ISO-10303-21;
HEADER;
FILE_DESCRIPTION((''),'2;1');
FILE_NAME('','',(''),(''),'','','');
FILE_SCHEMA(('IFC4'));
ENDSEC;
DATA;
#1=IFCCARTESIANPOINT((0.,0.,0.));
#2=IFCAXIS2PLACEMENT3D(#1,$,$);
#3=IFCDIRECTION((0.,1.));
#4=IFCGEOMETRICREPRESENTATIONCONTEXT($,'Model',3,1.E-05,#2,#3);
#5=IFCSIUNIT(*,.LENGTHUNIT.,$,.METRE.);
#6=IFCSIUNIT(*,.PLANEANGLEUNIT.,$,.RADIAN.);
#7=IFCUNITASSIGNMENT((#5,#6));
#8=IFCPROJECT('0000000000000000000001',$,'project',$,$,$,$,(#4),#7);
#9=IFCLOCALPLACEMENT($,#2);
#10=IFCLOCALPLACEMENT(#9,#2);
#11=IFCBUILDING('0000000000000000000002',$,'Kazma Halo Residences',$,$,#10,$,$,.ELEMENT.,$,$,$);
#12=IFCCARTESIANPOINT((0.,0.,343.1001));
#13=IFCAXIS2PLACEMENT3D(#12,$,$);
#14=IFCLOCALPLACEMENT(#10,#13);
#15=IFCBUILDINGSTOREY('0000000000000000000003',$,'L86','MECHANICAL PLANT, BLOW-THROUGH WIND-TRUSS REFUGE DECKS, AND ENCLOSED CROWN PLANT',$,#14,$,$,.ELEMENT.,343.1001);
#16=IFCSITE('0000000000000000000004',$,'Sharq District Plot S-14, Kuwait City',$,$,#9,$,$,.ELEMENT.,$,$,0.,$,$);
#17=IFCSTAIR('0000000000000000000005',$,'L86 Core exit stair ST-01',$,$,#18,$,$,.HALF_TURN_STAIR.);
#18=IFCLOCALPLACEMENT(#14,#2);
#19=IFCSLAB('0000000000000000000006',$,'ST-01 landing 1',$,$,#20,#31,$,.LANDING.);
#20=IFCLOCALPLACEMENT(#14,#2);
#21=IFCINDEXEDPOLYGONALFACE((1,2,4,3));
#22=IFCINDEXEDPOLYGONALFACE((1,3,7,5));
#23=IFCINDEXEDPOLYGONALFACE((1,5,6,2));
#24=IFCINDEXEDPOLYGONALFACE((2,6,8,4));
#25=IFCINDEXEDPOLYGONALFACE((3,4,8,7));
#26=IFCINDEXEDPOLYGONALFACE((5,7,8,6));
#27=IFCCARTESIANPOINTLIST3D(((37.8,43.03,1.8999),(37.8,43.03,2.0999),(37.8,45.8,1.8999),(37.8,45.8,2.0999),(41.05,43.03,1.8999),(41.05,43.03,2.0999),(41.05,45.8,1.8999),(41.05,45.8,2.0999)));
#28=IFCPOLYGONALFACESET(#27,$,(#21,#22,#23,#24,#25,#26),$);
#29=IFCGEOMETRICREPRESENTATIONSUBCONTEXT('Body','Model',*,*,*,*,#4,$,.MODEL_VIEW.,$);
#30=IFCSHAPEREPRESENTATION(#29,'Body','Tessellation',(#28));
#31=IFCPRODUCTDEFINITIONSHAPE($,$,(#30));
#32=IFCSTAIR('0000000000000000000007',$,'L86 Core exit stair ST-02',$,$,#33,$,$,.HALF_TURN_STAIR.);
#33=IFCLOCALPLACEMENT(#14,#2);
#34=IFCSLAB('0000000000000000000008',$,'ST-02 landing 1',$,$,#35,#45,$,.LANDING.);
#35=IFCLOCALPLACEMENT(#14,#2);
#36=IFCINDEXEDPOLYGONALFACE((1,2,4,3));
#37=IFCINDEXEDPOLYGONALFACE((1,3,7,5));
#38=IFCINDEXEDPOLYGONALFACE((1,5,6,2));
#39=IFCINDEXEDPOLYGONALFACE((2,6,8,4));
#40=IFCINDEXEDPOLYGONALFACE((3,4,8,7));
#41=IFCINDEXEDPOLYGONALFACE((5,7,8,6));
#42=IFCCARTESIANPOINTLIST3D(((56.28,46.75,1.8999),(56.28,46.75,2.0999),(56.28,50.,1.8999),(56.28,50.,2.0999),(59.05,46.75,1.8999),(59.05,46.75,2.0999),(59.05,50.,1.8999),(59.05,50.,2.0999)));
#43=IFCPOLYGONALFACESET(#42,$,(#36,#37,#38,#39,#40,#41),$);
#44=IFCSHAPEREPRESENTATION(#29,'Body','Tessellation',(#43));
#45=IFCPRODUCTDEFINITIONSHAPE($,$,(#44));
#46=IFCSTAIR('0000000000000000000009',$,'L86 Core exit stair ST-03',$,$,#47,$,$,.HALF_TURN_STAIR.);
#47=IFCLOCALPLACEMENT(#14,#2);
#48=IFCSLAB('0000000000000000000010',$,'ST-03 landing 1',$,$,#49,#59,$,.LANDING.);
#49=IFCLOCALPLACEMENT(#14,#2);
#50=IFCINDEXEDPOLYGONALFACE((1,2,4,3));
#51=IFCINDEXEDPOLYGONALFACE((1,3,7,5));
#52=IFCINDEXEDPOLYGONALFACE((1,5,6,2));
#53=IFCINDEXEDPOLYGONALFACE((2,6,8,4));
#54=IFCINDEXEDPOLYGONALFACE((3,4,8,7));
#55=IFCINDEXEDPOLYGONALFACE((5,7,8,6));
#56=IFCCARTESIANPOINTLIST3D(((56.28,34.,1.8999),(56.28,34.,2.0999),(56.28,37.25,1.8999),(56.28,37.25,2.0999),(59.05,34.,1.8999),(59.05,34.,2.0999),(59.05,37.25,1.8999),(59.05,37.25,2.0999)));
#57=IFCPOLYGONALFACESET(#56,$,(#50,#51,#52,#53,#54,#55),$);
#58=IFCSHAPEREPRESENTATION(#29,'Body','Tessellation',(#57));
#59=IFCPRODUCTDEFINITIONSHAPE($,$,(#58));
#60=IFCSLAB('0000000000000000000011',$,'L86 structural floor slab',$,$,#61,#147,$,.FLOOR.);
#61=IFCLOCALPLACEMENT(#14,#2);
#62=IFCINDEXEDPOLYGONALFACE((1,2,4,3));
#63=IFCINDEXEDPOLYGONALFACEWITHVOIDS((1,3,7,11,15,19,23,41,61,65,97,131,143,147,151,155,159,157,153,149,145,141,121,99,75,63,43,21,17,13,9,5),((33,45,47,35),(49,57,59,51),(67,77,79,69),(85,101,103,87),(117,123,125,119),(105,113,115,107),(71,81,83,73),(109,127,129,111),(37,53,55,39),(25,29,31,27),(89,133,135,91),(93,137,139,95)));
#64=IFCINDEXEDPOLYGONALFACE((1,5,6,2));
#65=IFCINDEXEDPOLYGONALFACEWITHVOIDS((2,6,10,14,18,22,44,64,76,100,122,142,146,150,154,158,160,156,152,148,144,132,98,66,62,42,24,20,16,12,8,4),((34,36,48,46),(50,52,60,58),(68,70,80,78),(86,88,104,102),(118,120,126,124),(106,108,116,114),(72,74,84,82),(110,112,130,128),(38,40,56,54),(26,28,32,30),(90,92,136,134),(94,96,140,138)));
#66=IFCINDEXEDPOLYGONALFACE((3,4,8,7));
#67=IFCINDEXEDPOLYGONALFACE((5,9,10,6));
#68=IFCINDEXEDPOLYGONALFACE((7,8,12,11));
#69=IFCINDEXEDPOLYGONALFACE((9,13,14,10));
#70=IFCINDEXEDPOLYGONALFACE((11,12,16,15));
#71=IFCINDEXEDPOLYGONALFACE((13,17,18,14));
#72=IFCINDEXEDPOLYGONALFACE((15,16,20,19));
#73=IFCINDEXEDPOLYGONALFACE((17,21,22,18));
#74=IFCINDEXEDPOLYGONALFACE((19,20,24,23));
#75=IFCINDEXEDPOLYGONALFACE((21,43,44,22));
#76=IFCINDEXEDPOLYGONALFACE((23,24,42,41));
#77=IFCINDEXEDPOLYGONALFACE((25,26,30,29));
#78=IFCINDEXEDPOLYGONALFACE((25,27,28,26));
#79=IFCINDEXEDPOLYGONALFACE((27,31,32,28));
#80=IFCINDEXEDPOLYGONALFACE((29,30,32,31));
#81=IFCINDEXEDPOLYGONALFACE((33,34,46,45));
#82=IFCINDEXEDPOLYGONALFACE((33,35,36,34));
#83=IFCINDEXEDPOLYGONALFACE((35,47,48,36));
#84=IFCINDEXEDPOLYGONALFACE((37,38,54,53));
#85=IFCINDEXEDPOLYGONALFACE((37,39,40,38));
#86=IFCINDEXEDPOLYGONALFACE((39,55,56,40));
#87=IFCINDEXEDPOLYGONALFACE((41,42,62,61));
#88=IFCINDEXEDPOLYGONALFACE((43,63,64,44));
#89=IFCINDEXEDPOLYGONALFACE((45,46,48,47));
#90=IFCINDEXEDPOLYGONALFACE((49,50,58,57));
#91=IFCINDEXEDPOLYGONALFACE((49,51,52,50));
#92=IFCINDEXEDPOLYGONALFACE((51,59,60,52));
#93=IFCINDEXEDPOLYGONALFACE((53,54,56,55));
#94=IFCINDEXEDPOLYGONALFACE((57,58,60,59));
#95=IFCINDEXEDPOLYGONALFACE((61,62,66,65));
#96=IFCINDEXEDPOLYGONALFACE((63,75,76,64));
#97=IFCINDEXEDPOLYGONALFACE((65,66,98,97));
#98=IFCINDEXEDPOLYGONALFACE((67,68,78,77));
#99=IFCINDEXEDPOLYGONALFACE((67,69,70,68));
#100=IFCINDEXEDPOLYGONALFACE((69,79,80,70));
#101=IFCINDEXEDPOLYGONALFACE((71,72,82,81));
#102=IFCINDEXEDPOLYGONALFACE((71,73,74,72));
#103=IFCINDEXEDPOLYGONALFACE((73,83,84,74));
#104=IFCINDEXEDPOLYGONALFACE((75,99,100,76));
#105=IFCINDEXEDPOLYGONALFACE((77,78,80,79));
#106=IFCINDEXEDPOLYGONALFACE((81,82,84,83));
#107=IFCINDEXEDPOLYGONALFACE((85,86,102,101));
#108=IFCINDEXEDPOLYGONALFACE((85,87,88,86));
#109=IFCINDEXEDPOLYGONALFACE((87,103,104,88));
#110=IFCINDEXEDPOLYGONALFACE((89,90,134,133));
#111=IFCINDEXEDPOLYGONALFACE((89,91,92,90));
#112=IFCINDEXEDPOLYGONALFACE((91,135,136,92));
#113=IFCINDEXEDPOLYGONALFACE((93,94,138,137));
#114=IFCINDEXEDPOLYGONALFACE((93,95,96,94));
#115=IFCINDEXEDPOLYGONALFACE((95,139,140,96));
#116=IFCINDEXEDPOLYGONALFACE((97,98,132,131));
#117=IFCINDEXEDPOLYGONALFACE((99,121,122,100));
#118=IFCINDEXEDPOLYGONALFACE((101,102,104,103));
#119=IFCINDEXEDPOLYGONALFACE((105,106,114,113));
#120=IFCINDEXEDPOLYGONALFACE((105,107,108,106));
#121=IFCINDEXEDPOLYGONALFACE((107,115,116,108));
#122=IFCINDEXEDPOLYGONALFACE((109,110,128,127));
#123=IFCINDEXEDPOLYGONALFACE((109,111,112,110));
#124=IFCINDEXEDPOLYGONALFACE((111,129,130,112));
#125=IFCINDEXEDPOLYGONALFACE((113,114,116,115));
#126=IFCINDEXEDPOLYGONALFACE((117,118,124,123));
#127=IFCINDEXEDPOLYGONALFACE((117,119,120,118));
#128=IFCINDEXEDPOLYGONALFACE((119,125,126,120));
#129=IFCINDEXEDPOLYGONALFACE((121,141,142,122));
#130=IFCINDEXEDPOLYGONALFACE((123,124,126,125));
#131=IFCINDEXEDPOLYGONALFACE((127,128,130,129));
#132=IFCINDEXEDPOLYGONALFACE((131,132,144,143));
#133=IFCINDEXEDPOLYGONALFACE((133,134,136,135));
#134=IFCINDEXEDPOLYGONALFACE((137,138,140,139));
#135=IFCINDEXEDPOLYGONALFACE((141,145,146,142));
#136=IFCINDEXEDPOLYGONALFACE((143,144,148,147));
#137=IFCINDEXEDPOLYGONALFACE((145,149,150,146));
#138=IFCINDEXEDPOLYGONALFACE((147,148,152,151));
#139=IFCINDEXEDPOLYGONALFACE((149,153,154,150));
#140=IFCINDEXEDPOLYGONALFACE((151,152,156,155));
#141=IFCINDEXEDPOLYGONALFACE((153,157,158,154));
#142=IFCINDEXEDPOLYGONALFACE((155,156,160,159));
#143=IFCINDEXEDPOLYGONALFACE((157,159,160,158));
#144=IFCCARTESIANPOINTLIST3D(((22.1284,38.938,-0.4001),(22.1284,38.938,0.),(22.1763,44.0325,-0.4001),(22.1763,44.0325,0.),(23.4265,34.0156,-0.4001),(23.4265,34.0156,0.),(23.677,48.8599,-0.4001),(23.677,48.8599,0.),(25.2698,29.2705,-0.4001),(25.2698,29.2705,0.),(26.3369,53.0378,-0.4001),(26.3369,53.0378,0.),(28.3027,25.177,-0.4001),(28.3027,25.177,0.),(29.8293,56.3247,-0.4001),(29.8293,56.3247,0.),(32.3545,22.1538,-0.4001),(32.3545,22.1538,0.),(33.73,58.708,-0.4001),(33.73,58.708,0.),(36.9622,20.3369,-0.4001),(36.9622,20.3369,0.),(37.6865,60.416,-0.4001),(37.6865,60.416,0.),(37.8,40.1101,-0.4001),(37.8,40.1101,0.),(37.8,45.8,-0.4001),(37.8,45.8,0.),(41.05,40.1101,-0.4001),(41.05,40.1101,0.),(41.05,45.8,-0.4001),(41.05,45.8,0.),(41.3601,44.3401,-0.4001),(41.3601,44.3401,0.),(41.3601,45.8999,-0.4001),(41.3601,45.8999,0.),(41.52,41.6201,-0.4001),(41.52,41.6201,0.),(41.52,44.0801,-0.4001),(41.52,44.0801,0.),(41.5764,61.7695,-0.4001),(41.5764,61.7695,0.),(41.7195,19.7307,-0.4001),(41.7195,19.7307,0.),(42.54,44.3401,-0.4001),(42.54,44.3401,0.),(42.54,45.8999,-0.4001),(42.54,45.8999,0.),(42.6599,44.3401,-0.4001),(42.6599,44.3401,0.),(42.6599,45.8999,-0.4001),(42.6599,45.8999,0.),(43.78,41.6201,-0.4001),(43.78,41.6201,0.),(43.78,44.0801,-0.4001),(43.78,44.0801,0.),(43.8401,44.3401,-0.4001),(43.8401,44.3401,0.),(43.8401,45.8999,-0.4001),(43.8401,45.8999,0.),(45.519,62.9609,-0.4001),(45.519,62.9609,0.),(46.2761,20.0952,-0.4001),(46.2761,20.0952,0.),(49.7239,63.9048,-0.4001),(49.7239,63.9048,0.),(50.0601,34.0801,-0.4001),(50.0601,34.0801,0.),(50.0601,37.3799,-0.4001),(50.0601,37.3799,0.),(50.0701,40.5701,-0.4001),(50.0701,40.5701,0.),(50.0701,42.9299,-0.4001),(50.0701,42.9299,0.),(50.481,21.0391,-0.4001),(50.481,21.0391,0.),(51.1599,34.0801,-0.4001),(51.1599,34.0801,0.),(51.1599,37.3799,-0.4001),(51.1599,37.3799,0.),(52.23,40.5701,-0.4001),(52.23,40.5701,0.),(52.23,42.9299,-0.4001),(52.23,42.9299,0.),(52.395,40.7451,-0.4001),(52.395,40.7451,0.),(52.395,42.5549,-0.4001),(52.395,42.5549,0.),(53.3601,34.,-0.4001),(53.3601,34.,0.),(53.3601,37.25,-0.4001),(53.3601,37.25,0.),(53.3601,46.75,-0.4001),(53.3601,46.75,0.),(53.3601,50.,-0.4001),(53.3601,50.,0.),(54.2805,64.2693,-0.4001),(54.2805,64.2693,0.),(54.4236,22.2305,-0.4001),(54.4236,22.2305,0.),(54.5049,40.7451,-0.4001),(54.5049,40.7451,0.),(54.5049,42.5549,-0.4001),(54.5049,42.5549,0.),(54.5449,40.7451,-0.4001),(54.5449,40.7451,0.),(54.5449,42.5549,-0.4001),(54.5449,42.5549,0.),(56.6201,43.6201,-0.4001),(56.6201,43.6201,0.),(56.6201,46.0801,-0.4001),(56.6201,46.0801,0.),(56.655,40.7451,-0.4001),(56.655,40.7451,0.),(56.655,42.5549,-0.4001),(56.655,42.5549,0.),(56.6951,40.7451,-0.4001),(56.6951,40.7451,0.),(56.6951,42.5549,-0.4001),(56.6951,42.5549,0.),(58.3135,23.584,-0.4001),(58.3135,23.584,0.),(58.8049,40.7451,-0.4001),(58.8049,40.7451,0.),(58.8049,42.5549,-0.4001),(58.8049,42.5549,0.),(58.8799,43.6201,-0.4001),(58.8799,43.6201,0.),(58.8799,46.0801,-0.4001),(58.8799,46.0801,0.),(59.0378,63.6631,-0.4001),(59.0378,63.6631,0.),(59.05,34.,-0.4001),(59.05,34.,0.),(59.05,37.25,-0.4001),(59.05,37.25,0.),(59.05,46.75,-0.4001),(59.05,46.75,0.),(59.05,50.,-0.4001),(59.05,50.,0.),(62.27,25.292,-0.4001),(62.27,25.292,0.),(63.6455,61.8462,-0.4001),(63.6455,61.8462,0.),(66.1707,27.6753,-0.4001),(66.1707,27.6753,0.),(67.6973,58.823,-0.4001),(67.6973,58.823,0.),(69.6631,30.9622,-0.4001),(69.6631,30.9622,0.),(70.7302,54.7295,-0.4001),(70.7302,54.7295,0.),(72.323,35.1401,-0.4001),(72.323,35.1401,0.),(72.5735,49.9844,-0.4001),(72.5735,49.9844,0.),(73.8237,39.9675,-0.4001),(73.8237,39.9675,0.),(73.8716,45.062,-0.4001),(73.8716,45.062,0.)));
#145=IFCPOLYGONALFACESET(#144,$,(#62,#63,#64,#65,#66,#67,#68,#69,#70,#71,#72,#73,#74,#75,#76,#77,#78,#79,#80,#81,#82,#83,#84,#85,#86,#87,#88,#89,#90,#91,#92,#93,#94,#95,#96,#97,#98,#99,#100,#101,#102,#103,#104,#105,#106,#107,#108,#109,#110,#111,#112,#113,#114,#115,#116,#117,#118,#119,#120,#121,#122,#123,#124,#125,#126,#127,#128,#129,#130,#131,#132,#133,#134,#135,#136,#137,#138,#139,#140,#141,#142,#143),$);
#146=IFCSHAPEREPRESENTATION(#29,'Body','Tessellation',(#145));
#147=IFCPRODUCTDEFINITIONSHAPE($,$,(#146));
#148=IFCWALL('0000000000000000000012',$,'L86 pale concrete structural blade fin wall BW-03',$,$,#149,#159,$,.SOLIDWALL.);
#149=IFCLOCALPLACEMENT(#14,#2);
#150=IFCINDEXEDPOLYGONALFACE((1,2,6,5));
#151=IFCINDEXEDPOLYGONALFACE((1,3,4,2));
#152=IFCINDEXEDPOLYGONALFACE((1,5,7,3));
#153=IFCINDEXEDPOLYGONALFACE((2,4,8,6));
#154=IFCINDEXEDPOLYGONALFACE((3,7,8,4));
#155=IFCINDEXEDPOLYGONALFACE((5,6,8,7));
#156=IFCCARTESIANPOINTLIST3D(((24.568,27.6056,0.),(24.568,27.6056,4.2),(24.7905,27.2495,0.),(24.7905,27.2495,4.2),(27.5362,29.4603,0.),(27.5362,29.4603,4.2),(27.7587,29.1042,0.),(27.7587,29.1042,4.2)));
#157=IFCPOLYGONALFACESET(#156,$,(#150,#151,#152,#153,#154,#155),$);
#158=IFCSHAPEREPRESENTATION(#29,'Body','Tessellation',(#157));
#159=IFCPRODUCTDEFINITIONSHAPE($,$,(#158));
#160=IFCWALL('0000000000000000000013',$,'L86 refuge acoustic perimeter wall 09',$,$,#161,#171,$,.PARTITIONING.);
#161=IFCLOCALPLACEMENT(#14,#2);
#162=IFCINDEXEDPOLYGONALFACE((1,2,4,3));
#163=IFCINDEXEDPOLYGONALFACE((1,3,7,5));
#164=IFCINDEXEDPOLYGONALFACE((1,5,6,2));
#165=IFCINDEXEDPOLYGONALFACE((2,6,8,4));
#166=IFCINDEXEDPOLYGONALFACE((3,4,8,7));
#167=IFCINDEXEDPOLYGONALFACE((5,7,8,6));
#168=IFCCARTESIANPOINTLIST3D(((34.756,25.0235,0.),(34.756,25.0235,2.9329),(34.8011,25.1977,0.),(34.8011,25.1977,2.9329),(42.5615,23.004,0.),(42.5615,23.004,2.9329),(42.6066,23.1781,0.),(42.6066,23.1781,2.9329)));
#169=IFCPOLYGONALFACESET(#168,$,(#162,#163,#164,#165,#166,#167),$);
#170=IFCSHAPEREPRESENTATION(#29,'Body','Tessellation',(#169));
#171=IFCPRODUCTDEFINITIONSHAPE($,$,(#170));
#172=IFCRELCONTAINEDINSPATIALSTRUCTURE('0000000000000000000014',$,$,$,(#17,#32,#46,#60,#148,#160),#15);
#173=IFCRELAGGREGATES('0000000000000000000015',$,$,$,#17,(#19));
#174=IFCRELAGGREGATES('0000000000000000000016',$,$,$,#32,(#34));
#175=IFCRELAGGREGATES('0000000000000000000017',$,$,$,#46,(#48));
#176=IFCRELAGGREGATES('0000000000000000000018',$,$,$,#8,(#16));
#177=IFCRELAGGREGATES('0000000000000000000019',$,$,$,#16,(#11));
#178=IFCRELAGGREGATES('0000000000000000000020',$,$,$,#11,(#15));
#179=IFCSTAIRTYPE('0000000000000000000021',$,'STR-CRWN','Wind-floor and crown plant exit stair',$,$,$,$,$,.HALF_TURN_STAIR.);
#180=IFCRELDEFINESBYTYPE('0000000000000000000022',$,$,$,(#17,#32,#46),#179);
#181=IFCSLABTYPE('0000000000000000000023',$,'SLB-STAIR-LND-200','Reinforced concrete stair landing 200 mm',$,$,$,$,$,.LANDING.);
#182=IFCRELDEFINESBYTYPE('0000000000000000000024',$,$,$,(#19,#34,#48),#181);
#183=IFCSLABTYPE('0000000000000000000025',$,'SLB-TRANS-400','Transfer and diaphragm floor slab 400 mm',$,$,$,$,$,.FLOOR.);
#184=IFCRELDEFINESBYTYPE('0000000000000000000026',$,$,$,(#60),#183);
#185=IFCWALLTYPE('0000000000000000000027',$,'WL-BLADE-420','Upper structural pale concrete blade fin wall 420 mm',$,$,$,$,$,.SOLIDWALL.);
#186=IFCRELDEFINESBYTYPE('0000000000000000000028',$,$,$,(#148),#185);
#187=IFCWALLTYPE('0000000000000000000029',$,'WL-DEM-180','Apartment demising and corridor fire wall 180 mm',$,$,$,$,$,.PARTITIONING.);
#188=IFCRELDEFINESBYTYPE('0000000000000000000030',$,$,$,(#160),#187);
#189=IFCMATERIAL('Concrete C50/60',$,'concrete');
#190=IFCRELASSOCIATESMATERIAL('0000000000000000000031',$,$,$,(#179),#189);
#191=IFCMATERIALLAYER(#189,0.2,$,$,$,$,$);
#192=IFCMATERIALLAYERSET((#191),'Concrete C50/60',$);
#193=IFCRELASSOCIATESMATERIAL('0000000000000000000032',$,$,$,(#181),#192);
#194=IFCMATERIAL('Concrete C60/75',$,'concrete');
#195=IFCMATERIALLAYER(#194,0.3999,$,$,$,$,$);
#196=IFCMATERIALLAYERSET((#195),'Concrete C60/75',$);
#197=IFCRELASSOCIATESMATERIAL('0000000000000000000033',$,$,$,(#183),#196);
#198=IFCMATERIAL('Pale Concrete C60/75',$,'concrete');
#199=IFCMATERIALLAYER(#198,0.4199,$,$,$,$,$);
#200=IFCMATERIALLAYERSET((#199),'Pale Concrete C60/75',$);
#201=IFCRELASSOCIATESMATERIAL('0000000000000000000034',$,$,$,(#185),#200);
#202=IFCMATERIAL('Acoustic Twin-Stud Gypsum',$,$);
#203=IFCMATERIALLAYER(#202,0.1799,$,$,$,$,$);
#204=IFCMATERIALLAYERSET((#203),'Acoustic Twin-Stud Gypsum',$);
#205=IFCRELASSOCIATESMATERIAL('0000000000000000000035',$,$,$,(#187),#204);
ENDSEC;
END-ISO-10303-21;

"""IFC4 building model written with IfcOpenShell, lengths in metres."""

from ifc_helpers import new_model, si_unit, direction, frame, frame_2d, origin, place, context, subcontext, project, spatial, polyline, rectangle, outline, extrude, material, layer, layer_set, type_object, element, aggregate, save


model = new_model("IFC4")

# Units and contexts
model_context = context("Model", 3, precision=1e-05, world=origin(), true_north=direction((0.0, 1.0)))
body_context = subcontext(model_context, "Body", "Model", "MODEL_VIEW")
ifc_project = project(units=[si_unit("LENGTHUNIT", "METRE"), si_unit("PLANEANGLEUNIT", "RADIAN")], contexts=[model_context])

# Site, building, storey
site_placement = place(None, origin())
site = spatial("IfcSite", under=ifc_project, at=site_placement, Name="Sharq District Plot S-14, Kuwait City", CompositionType="ELEMENT", RefElevation=0.0)
building_placement = place(site_placement, origin())
building = spatial("IfcBuilding", under=site, at=building_placement, Name="Kazma Halo Residences", CompositionType="ELEMENT")
storey_placement = place(building_placement, frame((0.0, 0.0, 343.1001)))
storey = spatial("IfcBuildingStorey", under=building, at=storey_placement, Name="L86", Description="MECHANICAL PLANT, BLOW-THROUGH WIND-TRUSS REFUGE DECKS, AND ENCLOSED CROWN PLANT", CompositionType="ELEMENT", Elevation=343.1001)

# Shared definitions
ifc_material_1 = material(Name="Concrete C60/75", Category="concrete")

# Stairs, slabs
ifc_material_2 = material(Name="Concrete C50/60", Category="concrete")
stair_type = type_object("IfcStairType", Name="STR-CRWN", Description="Wind-floor and crown plant exit stair", PredefinedType="HALF_TURN_STAIR", material=ifc_material_2)
stair_1_placement = place(storey_placement, origin())
stair_1 = element("IfcStair", 1, at=stair_1_placement, inside=storey, type_object=stair_type, Name="L86 Core exit stair ST-01", PredefinedType="HALF_TURN_STAIR")
ifc_layer_1 = layer(ifc_material_2, 0.2)
ifc_layer_set_1 = layer_set([ifc_layer_1], Name="Concrete C50/60")
slab_type_1 = type_object("IfcSlabType", Name="SLB-STAIR-LND-200", Description="Reinforced concrete stair landing 200 mm", PredefinedType="LANDING", material=ifc_layer_set_1)
slab_1_placement = place(storey_placement, frame((0.0, 0.0, 1.8999)))
slab_1 = element("IfcSlab", 2, at=slab_1_placement, type_object=slab_type_1, Name="ST-01 landing 1", PredefinedType="LANDING", context=body_context, shape_type="SweptSolid", body=[
    extrude(outline(polyline([(41.05, 43.03), (41.05, 45.8), (37.8, 45.8), (37.8, 43.03), (41.05, 43.03)])), origin(), (0.0, 0.0, 1.0), 0.2),
])
aggregate(stair_1, [slab_1])
stair_2_placement = place(storey_placement, origin())
stair_2 = element("IfcStair", 3, at=stair_2_placement, inside=storey, type_object=stair_type, Name="L86 Core exit stair ST-02", PredefinedType="HALF_TURN_STAIR")
slab_2_placement = place(storey_placement, frame((0.0, 0.0, 1.8999)))
slab_2 = element("IfcSlab", 4, at=slab_2_placement, type_object=slab_type_1, Name="ST-02 landing 1", PredefinedType="LANDING", context=body_context, shape_type="SweptSolid", body=[
    extrude(outline(polyline([(56.28, 46.75), (59.05, 46.75), (59.05, 50.0), (56.28, 50.0), (56.28, 46.75)])), origin(), (0.0, 0.0, 1.0), 0.2),
])
aggregate(stair_2, [slab_2])
stair_3_placement = place(storey_placement, origin())
stair_3 = element("IfcStair", 5, at=stair_3_placement, inside=storey, type_object=stair_type, Name="L86 Core exit stair ST-03", PredefinedType="HALF_TURN_STAIR")
slab_3_placement = place(storey_placement, frame((0.0, 0.0, 1.8999)))
slab_3 = element("IfcSlab", 6, at=slab_3_placement, type_object=slab_type_1, Name="ST-03 landing 1", PredefinedType="LANDING", context=body_context, shape_type="SweptSolid", body=[
    extrude(outline(polyline([(56.28, 34.0), (59.05, 34.0), (59.05, 37.25), (56.28, 37.25), (56.28, 34.0)])), origin(), (0.0, 0.0, 1.0), 0.2),
])
aggregate(stair_3, [slab_3])

# Slab
ifc_layer_2 = layer(ifc_material_1, 0.3999)
ifc_layer_set_2 = layer_set([ifc_layer_2], Name="Concrete C60/75")
slab_type_2 = type_object("IfcSlabType", Name="SLB-TRANS-400", Description="Transfer and diaphragm floor slab 400 mm", PredefinedType="FLOOR", material=ifc_layer_set_2)
slab_4_placement = place(storey_placement, frame((0.0, 0.0, -0.4001)))
element("IfcSlab", 7, at=slab_4_placement, inside=storey, type_object=slab_type_2, Name="L86 structural floor slab", PredefinedType="FLOOR", context=body_context, shape_type="SweptSolid", body=[
    extrude(outline(polyline([(72.5735, 49.9844), (70.7302, 54.7295), (67.6973, 58.823), (63.6455, 61.8462), (59.0378, 63.6631), (54.2805, 64.2693), (49.7239, 63.9048), (45.519, 62.9609), (41.5764, 61.7695), (37.6865, 60.416), (33.73, 58.708), (29.8293, 56.3247), (26.3369, 53.0378), (23.677, 48.8599), (22.1763, 44.0325), (22.1284, 38.938), (23.4265, 34.0156), (25.2698, 29.2705), (28.3027, 25.177), (32.3545, 22.1538), (36.9622, 20.3369), (41.7195, 19.7307), (46.2761, 20.0952), (50.481, 21.0391), (54.4236, 22.2305), (58.3135, 23.584), (62.27, 25.292), (66.1707, 27.6753), (69.6631, 30.9622), (72.323, 35.1401), (73.8237, 39.9675), (73.8716, 45.062), (72.5735, 49.9844)]), holes=[polyline([(37.8, 40.1101), (41.05, 40.1101), (41.05, 45.8), (37.8, 45.8), (37.8, 40.1101)]), polyline([(53.3601, 46.75), (59.05, 46.75), (59.05, 50.0), (53.3601, 50.0), (53.3601, 46.75)]), polyline([(53.3601, 34.0), (59.05, 34.0), (59.05, 37.25), (53.3601, 37.25), (53.3601, 34.0)]), polyline([(41.52, 41.6201), (43.78, 41.6201), (43.78, 44.0801), (41.52, 44.0801), (41.52, 41.6201)]), polyline([(56.6201, 43.6201), (58.8799, 43.6201), (58.8799, 46.0801), (56.6201, 46.0801), (56.6201, 43.6201)]), polyline([(52.395, 40.7451), (54.5049, 40.7451), (54.5049, 42.5549), (52.395, 42.5549), (52.395, 40.7451)]), polyline([(54.5449, 40.7451), (56.655, 40.7451), (56.655, 42.5549), (54.5449, 42.5549), (54.5449, 40.7451)]), polyline([(56.6951, 40.7451), (58.8049, 40.7451), (58.8049, 42.5549), (56.6951, 42.5549), (56.6951, 40.7451)]), polyline([(50.0701, 40.5701), (52.23, 40.5701), (52.23, 42.9299), (50.0701, 42.9299), (50.0701, 40.5701)]), polyline([(41.3601, 44.3401), (42.54, 44.3401), (42.54, 45.8999), (41.3601, 45.8999), (41.3601, 44.3401)]), polyline([(42.6599, 44.3401), (43.8401, 44.3401), (43.8401, 45.8999), (42.6599, 45.8999), (42.6599, 44.3401)]), polyline([(50.0601, 34.0801), (51.1599, 34.0801), (51.1599, 37.3799), (50.0601, 37.3799), (50.0601, 34.0801)])]), origin(), (0.0, 0.0, 1.0), 0.4001),
])

# Walls
ifc_material_3 = material(Name="Pale Concrete C60/75", Category="concrete")
ifc_layer_3 = layer(ifc_material_3, 0.4199)
ifc_layer_set_3 = layer_set([ifc_layer_3], Name="Pale Concrete C60/75")
wall_type_1 = type_object("IfcWallType", Name="WL-BLADE-420", Description="Upper structural pale concrete blade fin wall 420 mm", PredefinedType="SOLIDWALL", material=ifc_layer_set_3)
wall_1_placement = place(storey_placement, frame((27.6475, 29.2822, 0.0), z_axis=(0.0, 0.0, 1.0), x_axis=(-0.848053, -0.529911, 0.0)))
element("IfcWall", 8, at=wall_1_placement, inside=storey, type_object=wall_type_1, Name="L86 pale concrete structural blade fin wall BW-03", PredefinedType="SOLIDWALL", context=body_context, shape_type="SweptSolid", body=[
    extrude(rectangle(XDim=3.5, YDim=0.4199, at=frame_2d((1.75, 0.0))), origin(), (0.0, 0.0, 1.0), 4.2),
])
ifc_material_4 = material(Name="Acoustic Twin-Stud Gypsum")
ifc_layer_4 = layer(ifc_material_4, 0.1799)
ifc_layer_set_4 = layer_set([ifc_layer_4], Name="Acoustic Twin-Stud Gypsum")
wall_type_2 = type_object("IfcWallType", Name="WL-DEM-180", Description="Apartment demising and corridor fire wall 180 mm", PredefinedType="PARTITIONING", material=ifc_layer_set_4)
wall_2_placement = place(storey_placement, frame((34.7786, 25.1106, 0.0), z_axis=(0.0, 0.0, 1.0), x_axis=(0.96812, -0.250486, 0.0)))
element("IfcWall", 9, at=wall_2_placement, inside=storey, type_object=wall_type_2, Name="L86 refuge acoustic perimeter wall 09", PredefinedType="PARTITIONING", context=body_context, shape_type="SweptSolid", body=[
    extrude(rectangle(XDim=8.0625, YDim=0.1799, at=frame_2d((4.0312, 0.0))), origin(), (0.0, 0.0, 1.0), 2.9329),
])

save(model, "model.ifc")
